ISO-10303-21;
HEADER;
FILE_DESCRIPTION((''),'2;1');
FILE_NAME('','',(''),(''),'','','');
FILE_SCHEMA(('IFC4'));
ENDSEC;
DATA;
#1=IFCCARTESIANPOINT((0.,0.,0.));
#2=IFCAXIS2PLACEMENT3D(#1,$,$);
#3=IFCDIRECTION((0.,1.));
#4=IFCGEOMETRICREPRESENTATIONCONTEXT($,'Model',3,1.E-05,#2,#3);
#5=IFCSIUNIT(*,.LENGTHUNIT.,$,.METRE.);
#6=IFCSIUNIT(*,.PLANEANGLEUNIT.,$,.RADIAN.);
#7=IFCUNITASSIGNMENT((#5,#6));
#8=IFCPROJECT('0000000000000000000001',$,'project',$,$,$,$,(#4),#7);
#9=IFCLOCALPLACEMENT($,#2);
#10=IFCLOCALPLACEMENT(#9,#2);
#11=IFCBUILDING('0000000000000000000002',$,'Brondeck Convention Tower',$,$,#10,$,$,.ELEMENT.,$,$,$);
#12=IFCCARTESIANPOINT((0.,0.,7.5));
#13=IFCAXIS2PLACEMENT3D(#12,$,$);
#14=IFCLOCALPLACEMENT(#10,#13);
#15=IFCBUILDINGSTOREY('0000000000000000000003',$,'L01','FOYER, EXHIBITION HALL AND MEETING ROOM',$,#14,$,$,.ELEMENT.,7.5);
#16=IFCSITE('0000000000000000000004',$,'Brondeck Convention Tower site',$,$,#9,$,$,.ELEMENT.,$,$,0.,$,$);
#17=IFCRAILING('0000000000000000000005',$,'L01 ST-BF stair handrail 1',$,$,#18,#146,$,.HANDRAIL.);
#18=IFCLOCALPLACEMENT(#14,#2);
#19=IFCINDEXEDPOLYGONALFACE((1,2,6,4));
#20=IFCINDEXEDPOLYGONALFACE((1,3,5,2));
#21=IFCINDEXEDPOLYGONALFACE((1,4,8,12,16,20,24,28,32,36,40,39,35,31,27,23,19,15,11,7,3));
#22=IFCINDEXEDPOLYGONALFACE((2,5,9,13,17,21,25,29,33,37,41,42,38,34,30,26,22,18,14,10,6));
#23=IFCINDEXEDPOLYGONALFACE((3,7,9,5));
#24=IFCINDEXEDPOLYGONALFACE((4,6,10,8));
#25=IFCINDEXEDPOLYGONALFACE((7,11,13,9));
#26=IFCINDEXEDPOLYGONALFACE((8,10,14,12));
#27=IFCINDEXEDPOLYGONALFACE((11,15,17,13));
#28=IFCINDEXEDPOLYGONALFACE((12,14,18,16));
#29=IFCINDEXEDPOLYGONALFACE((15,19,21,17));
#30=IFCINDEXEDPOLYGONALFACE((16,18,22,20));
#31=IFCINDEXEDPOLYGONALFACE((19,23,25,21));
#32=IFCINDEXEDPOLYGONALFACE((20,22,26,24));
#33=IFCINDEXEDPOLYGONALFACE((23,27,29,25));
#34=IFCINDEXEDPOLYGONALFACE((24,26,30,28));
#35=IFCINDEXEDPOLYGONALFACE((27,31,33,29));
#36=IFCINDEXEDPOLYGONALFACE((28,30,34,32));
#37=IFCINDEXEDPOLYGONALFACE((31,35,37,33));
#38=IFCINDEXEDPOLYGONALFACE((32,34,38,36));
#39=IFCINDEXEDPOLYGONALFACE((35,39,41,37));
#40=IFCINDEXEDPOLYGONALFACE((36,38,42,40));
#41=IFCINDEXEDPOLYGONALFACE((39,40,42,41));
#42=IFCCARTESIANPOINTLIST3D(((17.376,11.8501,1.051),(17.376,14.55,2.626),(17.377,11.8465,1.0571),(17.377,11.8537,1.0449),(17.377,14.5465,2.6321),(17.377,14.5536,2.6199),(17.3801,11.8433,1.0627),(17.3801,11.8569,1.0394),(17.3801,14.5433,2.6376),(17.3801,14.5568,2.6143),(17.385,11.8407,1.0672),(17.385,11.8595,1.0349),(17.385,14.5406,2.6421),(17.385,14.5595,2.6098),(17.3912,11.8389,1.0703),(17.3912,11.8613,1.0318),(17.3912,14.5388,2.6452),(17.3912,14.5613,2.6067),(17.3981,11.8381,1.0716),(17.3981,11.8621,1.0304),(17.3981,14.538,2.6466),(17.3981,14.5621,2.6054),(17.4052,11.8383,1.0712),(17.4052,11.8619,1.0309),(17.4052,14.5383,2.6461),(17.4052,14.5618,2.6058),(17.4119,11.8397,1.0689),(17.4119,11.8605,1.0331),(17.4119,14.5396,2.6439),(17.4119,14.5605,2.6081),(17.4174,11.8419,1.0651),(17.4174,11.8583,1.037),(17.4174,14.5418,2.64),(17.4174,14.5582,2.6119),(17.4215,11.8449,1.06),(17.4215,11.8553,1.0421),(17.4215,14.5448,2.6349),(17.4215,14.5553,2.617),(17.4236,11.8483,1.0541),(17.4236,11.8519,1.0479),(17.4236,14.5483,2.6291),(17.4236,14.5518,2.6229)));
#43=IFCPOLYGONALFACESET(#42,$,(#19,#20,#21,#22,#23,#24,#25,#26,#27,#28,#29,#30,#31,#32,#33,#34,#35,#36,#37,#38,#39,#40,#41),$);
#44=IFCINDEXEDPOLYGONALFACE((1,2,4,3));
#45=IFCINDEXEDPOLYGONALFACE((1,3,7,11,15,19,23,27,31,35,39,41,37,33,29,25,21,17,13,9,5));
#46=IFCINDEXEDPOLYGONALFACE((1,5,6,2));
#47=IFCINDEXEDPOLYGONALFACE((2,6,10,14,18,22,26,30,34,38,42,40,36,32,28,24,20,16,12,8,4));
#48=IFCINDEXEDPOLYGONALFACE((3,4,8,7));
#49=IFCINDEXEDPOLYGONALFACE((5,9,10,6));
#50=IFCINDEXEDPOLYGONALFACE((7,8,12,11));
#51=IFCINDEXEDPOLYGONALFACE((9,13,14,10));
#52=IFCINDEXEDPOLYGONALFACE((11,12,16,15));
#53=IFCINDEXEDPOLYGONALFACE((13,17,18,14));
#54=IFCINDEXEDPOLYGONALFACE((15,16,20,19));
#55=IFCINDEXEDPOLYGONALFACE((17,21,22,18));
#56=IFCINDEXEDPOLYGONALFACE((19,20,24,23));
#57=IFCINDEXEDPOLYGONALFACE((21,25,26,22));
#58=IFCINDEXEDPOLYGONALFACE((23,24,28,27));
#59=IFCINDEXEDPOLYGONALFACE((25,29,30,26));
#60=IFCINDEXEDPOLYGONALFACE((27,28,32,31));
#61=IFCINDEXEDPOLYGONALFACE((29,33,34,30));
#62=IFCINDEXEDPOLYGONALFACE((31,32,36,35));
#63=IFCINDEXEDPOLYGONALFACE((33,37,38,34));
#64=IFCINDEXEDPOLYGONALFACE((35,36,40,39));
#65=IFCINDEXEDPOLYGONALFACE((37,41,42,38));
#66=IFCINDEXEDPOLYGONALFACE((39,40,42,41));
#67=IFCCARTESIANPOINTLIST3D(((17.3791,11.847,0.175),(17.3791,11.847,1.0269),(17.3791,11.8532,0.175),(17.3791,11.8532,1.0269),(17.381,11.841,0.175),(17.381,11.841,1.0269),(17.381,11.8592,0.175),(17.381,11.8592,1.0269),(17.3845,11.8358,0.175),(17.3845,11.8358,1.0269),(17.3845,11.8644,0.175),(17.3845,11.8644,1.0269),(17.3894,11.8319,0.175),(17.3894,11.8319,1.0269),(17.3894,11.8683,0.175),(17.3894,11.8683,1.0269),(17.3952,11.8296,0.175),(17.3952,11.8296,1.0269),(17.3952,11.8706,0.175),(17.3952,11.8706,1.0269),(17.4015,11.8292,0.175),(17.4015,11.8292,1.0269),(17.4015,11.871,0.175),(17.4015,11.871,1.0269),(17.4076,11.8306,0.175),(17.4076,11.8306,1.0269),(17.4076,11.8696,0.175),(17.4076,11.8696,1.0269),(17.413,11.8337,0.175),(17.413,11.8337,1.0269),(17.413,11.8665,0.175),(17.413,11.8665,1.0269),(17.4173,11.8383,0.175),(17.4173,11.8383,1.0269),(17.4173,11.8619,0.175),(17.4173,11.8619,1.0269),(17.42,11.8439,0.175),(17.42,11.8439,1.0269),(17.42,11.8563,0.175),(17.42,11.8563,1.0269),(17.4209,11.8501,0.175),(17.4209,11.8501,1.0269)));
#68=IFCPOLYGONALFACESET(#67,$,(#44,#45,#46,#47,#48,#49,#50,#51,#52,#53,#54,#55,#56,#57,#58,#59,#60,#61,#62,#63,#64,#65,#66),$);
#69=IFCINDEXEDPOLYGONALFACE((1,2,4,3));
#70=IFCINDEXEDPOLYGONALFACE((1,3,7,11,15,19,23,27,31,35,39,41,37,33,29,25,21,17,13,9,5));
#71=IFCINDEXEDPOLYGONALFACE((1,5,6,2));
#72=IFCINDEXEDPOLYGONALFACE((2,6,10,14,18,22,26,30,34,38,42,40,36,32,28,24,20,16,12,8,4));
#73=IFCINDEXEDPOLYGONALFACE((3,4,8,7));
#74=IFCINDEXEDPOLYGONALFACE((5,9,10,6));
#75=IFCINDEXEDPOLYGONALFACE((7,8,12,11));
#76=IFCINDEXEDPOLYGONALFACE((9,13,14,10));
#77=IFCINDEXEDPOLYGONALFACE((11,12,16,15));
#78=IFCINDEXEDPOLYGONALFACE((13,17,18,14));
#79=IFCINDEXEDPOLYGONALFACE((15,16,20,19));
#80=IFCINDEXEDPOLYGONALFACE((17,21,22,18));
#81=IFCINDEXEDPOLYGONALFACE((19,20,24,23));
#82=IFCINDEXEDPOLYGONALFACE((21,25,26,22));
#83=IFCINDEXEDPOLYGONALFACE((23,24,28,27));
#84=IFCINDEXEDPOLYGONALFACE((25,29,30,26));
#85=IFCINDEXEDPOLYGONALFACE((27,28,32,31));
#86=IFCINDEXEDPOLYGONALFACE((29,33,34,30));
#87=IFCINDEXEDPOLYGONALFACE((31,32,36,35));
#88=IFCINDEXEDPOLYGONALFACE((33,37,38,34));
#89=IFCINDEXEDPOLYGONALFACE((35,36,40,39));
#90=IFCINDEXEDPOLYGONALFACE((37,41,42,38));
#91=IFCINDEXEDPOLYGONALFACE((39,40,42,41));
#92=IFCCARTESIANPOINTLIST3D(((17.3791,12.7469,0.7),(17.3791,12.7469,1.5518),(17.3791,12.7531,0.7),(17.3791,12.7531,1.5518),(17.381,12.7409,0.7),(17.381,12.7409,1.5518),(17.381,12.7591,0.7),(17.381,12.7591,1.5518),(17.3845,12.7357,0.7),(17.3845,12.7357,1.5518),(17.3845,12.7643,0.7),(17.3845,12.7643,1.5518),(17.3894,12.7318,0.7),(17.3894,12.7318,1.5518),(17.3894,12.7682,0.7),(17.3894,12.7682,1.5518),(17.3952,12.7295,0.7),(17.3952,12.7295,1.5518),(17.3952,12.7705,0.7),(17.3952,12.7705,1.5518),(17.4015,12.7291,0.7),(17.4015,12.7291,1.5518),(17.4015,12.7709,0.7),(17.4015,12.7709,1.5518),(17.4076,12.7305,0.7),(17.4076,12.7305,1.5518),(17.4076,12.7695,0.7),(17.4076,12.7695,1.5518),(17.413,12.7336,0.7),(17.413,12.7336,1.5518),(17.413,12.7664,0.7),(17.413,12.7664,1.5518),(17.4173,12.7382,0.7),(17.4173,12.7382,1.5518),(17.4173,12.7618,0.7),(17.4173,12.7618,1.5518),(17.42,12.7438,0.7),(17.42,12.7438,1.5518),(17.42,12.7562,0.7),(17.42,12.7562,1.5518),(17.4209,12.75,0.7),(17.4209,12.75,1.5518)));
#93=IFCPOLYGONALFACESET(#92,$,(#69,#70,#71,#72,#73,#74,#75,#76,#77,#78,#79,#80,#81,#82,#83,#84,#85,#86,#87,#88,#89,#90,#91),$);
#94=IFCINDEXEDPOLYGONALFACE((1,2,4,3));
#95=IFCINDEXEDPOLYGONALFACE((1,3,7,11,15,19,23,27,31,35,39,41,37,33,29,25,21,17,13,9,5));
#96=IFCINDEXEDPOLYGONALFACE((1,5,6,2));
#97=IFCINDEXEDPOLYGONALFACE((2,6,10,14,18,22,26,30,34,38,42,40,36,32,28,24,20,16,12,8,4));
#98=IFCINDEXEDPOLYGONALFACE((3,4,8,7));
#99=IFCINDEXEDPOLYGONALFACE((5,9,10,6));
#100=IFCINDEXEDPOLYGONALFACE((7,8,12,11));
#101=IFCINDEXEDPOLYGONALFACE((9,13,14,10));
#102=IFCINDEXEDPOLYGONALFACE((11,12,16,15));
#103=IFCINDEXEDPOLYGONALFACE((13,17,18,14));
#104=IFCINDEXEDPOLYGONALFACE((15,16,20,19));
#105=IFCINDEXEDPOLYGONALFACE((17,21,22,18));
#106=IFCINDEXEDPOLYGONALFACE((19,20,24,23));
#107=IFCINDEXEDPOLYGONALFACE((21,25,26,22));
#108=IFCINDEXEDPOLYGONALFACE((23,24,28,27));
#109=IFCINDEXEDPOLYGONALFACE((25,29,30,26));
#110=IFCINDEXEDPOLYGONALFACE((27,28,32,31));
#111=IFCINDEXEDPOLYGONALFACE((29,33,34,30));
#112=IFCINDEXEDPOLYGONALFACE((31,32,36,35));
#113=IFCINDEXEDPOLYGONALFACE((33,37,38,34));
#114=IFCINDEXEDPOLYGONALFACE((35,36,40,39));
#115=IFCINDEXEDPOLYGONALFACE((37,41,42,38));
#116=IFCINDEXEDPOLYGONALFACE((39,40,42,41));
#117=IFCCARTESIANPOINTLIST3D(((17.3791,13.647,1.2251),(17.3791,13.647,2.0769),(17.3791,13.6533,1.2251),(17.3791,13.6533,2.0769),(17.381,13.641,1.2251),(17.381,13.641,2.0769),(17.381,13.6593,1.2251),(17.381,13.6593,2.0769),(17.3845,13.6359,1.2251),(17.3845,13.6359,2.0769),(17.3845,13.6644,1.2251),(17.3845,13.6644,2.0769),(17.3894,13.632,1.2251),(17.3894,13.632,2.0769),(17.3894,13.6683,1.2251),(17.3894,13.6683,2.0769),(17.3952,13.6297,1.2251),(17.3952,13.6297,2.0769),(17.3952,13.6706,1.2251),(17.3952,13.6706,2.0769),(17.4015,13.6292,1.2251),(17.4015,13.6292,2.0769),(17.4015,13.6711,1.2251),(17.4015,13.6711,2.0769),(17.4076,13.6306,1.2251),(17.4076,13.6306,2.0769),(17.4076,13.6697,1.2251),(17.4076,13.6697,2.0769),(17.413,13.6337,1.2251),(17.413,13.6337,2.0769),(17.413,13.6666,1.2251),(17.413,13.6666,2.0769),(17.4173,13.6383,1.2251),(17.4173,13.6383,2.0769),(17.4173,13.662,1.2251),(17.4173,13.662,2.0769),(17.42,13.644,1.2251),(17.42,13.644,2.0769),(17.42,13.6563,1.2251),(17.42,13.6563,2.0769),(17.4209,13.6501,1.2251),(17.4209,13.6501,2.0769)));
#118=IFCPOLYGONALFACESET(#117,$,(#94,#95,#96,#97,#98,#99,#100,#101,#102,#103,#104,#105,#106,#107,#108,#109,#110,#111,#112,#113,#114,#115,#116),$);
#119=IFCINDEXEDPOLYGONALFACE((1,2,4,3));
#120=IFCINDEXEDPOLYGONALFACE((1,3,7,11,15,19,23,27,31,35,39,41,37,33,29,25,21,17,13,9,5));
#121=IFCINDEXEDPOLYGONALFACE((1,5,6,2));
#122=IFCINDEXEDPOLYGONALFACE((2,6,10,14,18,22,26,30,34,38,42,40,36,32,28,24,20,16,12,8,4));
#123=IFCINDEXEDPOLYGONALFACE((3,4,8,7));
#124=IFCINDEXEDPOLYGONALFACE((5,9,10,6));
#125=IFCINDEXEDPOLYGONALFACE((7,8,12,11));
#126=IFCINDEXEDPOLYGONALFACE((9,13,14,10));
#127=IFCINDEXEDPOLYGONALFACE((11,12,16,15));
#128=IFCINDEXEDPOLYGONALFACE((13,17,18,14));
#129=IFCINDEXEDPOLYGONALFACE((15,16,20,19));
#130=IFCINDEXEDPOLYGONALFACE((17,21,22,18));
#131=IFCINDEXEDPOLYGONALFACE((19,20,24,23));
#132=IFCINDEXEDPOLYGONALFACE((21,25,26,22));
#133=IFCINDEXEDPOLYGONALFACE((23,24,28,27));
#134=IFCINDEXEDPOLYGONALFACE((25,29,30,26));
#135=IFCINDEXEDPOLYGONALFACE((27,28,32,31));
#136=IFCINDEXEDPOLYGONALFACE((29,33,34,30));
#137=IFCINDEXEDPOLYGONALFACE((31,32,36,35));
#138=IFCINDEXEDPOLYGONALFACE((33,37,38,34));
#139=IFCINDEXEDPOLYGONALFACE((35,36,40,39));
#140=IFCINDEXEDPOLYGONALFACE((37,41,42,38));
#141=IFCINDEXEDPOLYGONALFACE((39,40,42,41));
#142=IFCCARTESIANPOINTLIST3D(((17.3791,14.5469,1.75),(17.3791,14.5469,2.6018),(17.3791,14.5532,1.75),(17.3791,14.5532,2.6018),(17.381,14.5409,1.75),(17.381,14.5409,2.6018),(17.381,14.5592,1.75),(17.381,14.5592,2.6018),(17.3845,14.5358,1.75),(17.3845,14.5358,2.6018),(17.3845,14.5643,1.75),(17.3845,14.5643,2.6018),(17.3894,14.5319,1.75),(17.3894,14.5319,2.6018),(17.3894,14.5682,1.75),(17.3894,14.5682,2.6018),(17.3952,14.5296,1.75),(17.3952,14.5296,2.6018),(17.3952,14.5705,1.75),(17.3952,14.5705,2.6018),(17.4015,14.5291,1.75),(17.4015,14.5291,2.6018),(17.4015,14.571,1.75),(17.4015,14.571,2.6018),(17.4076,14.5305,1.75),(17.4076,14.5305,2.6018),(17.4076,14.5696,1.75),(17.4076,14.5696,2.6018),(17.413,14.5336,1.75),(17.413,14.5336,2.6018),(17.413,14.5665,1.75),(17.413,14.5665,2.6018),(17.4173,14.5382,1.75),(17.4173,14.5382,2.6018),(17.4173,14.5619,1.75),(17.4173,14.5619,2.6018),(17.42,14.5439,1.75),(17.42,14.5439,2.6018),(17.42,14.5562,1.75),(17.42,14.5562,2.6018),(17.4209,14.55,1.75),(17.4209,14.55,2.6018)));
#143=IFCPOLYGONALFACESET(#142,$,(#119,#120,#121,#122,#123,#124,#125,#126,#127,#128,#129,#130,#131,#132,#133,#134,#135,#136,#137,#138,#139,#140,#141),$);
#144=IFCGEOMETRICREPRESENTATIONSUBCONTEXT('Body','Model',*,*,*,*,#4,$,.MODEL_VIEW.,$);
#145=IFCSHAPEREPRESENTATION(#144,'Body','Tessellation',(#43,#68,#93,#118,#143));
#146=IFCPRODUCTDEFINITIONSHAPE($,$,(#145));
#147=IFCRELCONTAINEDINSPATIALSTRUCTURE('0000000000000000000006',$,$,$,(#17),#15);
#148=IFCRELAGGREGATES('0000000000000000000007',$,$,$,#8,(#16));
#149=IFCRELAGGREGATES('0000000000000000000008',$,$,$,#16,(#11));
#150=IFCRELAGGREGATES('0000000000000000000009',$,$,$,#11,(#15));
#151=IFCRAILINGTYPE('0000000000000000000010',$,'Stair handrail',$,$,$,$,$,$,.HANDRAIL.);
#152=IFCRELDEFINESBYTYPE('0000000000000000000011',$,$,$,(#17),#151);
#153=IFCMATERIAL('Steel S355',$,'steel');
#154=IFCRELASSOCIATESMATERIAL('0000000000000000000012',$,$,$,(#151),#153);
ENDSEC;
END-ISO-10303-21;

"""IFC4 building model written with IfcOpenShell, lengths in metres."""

from ifc_helpers import new_model, si_unit, direction, frame, origin, origin_2d, place, context, subcontext, project, spatial, circle, extrude, material, type_object, element, save


model = new_model("IFC4")

# Units and contexts
model_context = context("Model", 3, precision=1e-05, world=origin(), true_north=direction((0.0, 1.0)))
body_context = subcontext(model_context, "Body", "Model", "MODEL_VIEW")
ifc_project = project(units=[si_unit("LENGTHUNIT", "METRE"), si_unit("PLANEANGLEUNIT", "RADIAN")], contexts=[model_context])

# Site, building, storey
site_placement = place(None, origin())
site = spatial("IfcSite", under=ifc_project, at=site_placement, Name="Brondeck Convention Tower site", CompositionType="ELEMENT", RefElevation=0.0)
building_placement = place(site_placement, origin())
building = spatial("IfcBuilding", under=site, at=building_placement, Name="Brondeck Convention Tower", CompositionType="ELEMENT")
storey_placement = place(building_placement, frame((0.0, 0.0, 7.5)))
storey = spatial("IfcBuildingStorey", under=building, at=storey_placement, Name="L01", Description="FOYER, EXHIBITION HALL AND MEETING ROOM", CompositionType="ELEMENT", Elevation=7.5)

# Shared definitions
ifc_material_1 = material(Name="Steel S355", Category="steel")

# Railing
railing_type_1 = type_object("IfcRailingType", Name="Stair handrail", PredefinedType="HANDRAIL", material=ifc_material_1)
railing_1_placement = place(storey_placement, frame((17.3999, 11.8501, 0.175)))
element("IfcRailing", 1, at=railing_1_placement, inside=storey, type_object=railing_type_1, Name="L01 ST-BF stair handrail 1", PredefinedType="HANDRAIL", context=body_context, shape_type="SweptSolid", body=[
    extrude(circle(Radius=0.0239, at=origin_2d()), frame((0.0, 0.0, 0.876), z_axis=(0.0, 0.863782, 0.503866), x_axis=(-1.0, 0.0, 0.0)), (0.0, 0.0, 1.0), 3.1257),
    extrude(circle(Radius=0.021, at=origin_2d()), origin(), (0.0, 0.0, 1.0), 0.8518),
    extrude(circle(Radius=0.021, at=origin_2d()), frame((0.0, 0.8999, 0.5249)), (0.0, 0.0, 1.0), 0.8518),
    extrude(circle(Radius=0.021, at=origin_2d()), frame((0.0, 1.8, 1.05)), (0.0, 0.0, 1.0), 0.8518),
    extrude(circle(Radius=0.021, at=origin_2d()), frame((0.0, 2.7, 1.575)), (0.0, 0.0, 1.0), 0.8518),
])

save(model, "model.ifc")
